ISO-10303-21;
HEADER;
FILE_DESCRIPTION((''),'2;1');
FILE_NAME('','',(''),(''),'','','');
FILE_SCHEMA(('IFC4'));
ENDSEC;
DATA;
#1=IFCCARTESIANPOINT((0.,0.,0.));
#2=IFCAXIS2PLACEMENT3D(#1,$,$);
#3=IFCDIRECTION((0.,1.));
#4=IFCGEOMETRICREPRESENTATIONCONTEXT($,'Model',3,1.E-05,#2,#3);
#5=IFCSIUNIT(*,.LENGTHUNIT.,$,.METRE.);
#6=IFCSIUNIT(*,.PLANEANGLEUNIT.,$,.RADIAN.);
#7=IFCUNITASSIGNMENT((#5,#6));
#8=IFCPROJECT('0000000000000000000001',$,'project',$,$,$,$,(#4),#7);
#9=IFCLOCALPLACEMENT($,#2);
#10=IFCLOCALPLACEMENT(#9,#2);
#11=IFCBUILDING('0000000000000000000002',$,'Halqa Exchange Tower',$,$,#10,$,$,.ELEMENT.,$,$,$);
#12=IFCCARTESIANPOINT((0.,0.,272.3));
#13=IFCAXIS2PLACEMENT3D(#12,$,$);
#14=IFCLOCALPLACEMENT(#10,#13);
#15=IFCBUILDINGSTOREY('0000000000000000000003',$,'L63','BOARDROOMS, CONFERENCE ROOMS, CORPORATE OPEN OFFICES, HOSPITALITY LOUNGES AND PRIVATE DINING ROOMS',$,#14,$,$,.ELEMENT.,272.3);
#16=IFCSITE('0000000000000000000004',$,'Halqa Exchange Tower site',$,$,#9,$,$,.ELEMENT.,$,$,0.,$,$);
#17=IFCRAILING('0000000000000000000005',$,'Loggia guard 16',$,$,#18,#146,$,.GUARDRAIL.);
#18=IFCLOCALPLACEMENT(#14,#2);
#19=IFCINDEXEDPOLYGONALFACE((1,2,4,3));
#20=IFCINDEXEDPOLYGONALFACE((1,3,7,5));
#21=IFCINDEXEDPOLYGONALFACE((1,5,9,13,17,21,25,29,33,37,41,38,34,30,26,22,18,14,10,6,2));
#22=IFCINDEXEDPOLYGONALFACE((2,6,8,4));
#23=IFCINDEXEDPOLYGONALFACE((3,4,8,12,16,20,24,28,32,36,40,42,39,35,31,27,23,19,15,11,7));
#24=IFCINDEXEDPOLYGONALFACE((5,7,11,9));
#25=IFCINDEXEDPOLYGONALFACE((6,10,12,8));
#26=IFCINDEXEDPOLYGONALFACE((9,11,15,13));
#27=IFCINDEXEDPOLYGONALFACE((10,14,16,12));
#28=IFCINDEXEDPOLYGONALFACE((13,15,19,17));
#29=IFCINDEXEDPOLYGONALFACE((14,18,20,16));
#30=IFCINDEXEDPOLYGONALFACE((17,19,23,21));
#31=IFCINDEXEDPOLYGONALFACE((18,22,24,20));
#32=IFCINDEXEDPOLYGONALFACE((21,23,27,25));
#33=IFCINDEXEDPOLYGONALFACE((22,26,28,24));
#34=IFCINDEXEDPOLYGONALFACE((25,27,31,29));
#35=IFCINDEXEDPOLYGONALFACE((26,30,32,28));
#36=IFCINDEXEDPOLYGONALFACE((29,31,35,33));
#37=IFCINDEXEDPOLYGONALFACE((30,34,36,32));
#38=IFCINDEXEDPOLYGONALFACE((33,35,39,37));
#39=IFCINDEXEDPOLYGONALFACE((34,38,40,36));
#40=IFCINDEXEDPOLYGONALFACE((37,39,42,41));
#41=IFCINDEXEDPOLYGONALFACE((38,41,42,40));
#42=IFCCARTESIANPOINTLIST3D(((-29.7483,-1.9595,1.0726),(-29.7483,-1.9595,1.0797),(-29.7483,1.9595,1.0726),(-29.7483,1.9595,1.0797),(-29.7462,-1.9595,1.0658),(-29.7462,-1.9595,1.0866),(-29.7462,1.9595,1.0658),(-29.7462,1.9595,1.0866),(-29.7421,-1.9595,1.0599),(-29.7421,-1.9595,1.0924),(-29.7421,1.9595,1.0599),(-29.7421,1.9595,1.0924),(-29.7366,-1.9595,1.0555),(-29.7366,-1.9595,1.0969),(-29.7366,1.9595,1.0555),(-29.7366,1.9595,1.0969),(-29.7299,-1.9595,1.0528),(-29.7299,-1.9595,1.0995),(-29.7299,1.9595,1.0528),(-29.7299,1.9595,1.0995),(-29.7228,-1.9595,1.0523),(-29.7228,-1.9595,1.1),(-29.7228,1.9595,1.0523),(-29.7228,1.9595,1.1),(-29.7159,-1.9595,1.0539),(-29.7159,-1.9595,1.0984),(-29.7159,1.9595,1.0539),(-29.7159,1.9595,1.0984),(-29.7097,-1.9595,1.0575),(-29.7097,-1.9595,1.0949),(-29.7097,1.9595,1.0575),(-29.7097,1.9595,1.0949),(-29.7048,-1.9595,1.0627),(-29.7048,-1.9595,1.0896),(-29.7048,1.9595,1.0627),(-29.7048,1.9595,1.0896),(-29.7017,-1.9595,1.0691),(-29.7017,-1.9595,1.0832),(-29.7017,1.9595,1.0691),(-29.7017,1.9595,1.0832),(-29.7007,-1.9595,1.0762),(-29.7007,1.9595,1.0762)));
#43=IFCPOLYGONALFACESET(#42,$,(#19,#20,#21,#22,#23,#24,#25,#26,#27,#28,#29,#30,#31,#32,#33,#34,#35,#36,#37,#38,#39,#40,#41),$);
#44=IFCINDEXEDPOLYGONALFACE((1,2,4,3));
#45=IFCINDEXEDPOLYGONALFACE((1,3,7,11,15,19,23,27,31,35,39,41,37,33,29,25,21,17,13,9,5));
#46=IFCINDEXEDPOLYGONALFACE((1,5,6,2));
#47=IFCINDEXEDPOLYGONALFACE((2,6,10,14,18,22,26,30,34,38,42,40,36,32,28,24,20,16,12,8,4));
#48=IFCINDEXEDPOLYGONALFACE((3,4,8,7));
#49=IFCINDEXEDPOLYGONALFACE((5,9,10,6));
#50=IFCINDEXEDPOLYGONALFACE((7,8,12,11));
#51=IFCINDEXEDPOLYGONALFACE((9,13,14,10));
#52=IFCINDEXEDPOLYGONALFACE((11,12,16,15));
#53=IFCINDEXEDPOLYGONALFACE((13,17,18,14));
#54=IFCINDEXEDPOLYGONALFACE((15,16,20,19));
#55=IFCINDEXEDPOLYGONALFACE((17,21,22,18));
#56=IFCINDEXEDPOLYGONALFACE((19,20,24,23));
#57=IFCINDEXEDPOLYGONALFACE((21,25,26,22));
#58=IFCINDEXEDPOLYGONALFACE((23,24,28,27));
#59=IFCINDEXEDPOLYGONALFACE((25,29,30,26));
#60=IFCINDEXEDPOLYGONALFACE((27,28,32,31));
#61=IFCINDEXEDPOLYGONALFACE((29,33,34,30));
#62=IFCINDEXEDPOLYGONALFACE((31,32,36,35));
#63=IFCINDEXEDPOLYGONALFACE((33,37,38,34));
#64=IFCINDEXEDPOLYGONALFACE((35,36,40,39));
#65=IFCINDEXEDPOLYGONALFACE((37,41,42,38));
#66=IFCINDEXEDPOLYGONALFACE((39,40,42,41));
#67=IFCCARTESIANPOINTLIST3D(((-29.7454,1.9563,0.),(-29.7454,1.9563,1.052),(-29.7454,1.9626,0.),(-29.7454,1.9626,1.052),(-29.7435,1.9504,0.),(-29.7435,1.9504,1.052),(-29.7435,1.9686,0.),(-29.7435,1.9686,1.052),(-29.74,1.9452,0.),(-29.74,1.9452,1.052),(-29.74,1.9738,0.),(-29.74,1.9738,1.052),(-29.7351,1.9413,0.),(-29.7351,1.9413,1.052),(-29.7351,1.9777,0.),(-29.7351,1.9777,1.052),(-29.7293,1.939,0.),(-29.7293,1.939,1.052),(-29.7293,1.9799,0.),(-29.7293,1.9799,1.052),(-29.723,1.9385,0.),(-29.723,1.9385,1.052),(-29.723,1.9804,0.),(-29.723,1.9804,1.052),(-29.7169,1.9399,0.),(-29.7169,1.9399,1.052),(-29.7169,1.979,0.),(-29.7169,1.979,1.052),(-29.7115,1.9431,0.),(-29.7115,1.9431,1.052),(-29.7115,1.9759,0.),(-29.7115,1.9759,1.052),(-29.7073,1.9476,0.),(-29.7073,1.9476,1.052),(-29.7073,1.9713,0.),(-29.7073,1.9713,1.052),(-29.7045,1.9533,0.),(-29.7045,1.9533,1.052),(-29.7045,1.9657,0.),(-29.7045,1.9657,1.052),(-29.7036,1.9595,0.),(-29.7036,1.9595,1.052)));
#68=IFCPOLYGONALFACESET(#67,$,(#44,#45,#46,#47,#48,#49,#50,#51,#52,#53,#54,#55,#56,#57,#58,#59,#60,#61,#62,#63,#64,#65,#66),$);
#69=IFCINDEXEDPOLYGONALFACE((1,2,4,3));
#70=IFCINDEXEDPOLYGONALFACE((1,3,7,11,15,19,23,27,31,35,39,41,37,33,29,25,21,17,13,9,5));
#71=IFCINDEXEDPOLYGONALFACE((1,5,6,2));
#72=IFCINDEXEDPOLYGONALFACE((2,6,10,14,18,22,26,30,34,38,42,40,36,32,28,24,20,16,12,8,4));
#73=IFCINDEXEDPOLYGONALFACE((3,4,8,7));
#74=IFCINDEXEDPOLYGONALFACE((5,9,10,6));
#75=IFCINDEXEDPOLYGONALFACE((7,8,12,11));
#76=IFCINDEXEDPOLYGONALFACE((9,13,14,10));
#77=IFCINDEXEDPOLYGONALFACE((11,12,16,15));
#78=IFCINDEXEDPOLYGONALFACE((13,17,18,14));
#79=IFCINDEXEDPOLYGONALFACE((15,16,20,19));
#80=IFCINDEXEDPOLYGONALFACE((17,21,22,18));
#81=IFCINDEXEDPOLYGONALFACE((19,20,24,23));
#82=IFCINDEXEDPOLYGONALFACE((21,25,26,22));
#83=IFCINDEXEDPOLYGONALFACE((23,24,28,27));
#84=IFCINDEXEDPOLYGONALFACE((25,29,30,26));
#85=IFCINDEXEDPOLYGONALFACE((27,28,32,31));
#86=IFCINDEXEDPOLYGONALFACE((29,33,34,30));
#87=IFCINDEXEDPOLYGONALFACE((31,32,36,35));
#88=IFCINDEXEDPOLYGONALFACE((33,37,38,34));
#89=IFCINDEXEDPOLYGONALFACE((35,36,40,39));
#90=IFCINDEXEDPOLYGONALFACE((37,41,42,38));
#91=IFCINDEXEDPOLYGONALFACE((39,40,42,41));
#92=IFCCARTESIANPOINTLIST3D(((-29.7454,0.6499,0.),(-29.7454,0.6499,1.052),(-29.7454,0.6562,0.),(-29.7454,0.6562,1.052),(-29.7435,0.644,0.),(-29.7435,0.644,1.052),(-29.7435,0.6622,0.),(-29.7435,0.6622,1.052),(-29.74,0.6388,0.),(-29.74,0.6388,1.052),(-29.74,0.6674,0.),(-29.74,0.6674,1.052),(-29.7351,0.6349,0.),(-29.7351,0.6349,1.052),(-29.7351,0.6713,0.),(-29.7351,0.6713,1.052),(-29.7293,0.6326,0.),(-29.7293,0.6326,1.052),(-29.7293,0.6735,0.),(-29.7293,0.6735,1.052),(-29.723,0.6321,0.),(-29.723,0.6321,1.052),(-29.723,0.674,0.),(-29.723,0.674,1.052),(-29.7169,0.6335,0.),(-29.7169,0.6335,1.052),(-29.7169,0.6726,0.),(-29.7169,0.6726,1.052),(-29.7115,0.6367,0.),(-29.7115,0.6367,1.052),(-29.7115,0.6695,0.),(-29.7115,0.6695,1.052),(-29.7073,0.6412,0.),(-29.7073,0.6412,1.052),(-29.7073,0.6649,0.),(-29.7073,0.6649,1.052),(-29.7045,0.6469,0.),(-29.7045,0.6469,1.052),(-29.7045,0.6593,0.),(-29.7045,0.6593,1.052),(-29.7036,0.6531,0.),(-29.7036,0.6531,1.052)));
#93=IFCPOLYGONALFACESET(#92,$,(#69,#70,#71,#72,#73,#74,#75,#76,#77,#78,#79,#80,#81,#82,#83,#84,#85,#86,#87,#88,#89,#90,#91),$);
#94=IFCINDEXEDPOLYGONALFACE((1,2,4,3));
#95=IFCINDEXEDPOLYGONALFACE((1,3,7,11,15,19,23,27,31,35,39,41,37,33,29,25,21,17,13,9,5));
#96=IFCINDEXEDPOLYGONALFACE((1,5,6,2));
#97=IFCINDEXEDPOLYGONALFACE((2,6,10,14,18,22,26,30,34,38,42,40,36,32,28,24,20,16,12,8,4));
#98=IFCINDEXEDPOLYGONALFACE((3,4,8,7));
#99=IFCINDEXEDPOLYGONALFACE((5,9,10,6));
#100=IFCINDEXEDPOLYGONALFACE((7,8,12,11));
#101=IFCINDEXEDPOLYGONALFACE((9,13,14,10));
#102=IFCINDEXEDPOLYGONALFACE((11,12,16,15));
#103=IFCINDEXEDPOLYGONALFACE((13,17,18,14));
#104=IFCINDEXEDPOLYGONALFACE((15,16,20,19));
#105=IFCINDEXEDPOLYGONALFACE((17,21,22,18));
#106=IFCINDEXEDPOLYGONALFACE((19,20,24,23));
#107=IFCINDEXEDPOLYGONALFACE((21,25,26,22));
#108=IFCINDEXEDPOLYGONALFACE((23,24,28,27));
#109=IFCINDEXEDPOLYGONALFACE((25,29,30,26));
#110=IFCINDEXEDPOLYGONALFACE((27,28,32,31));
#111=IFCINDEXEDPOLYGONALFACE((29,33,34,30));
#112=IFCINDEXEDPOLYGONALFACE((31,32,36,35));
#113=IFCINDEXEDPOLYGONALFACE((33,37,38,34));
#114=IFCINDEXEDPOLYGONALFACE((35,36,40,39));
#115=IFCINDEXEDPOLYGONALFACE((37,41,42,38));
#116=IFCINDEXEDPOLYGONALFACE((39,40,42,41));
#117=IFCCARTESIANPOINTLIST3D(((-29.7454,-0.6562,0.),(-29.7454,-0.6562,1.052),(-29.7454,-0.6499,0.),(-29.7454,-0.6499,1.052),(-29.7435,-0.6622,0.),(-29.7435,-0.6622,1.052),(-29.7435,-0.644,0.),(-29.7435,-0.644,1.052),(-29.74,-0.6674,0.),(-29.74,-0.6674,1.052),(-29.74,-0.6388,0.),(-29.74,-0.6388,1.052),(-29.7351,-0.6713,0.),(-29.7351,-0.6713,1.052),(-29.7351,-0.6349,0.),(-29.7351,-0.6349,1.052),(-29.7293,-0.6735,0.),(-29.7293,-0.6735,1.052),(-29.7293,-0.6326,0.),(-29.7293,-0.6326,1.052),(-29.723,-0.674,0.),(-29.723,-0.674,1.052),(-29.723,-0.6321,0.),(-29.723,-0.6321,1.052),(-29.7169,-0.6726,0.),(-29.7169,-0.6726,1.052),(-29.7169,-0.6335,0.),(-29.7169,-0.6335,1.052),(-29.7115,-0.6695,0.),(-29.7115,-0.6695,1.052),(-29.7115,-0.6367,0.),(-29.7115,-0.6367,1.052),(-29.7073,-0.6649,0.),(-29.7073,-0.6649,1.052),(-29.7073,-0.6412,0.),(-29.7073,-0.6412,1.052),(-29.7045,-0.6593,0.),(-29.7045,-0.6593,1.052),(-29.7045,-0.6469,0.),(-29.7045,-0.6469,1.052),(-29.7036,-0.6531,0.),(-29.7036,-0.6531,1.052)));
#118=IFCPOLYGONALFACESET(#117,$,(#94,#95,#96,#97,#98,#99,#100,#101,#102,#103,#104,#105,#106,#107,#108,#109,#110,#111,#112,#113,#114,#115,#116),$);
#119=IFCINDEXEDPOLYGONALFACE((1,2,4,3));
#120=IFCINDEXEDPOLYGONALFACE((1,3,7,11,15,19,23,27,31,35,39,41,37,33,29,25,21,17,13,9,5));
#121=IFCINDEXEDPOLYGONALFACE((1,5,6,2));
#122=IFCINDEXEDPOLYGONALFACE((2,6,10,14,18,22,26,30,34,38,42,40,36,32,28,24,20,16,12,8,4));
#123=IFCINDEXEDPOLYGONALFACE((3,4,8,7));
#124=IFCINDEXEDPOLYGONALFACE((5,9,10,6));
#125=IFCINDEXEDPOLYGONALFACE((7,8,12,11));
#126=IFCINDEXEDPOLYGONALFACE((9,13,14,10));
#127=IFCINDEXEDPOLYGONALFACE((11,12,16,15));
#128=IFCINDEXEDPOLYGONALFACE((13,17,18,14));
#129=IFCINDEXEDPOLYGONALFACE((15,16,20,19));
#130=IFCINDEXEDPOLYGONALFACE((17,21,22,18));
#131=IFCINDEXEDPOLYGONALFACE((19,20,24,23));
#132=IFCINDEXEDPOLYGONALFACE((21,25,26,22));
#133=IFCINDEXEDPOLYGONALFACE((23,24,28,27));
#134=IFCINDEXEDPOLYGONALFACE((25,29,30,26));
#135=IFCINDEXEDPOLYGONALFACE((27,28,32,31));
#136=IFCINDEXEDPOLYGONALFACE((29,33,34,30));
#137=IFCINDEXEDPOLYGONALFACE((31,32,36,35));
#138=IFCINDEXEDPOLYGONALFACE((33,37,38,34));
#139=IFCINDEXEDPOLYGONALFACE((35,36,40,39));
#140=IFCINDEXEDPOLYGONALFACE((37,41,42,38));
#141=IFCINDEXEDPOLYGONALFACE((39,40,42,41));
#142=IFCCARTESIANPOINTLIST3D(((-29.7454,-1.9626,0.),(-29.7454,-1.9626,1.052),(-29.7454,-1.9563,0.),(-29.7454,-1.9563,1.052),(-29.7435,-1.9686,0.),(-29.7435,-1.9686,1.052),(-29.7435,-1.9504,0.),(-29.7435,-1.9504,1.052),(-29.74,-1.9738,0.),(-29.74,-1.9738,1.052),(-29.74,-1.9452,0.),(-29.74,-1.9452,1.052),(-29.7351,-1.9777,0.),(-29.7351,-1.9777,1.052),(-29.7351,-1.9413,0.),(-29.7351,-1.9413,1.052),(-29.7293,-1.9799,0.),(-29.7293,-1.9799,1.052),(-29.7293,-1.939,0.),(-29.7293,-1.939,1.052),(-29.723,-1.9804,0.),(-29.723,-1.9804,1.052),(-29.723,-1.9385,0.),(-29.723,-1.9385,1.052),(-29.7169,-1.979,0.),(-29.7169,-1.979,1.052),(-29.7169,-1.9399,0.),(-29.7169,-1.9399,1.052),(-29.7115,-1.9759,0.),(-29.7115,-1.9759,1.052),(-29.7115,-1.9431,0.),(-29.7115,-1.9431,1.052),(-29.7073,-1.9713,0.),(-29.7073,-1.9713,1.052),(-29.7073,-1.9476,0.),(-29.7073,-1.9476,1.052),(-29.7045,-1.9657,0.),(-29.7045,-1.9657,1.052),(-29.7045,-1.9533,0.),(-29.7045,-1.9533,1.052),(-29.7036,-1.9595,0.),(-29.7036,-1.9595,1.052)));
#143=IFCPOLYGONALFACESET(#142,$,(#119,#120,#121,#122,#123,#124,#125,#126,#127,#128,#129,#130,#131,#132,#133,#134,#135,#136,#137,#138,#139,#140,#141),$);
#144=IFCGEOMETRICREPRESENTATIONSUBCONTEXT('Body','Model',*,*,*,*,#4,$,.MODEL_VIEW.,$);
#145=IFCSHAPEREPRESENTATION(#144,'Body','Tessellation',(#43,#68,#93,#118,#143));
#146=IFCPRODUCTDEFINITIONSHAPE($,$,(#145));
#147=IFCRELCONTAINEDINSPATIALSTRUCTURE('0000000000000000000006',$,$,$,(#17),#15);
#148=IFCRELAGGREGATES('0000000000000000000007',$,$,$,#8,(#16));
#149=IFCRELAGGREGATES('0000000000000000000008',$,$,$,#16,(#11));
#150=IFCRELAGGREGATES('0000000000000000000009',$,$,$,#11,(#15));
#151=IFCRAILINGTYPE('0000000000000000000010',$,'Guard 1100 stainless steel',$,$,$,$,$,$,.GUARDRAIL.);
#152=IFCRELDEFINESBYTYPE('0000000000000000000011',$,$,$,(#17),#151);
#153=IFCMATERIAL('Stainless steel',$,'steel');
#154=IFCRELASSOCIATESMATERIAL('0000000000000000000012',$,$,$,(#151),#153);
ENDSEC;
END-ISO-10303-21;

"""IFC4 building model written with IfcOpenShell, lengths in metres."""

from ifc_helpers import new_model, si_unit, direction, frame, origin, origin_2d, place, context, subcontext, project, spatial, circle, extrude, material, type_object, element, save


model = new_model("IFC4")

# Units and contexts
model_context = context("Model", 3, precision=1e-05, world=origin(), true_north=direction((0.0, 1.0)))
body_context = subcontext(model_context, "Body", "Model", "MODEL_VIEW")
ifc_project = project(units=[si_unit("LENGTHUNIT", "METRE"), si_unit("PLANEANGLEUNIT", "RADIAN")], contexts=[model_context])

# Site, building, storey
site_placement = place(None, origin())
site = spatial("IfcSite", under=ifc_project, at=site_placement, Name="Halqa Exchange Tower site", CompositionType="ELEMENT", RefElevation=0.0)
building_placement = place(site_placement, origin())
building = spatial("IfcBuilding", under=site, at=building_placement, Name="Halqa Exchange Tower", CompositionType="ELEMENT")
storey_placement = place(building_placement, frame((0.0, 0.0, 272.3)))
storey = spatial("IfcBuildingStorey", under=building, at=storey_placement, Name="L63", Description="BOARDROOMS, CONFERENCE ROOMS, CORPORATE OPEN OFFICES, HOSPITALITY LOUNGES AND PRIVATE DINING ROOMS", CompositionType="ELEMENT", Elevation=272.3)

# Railing
ifc_material_1 = material(Name="Stainless steel", Category="steel")
railing_type = type_object("IfcRailingType", Name="Guard 1100 stainless steel", PredefinedType="GUARDRAIL", material=ifc_material_1)
railing_1_placement = place(storey_placement, frame((-29.7246, 1.9595, 0.0)))
element("IfcRailing", 1, at=railing_1_placement, inside=storey, type_object=railing_type, Name="Loggia guard 16", PredefinedType="GUARDRAIL", context=body_context, shape_type="SweptSolid", body=[
    extrude(circle(Radius=0.0239, at=origin_2d()), frame((0.0, 0.0, 1.0762), z_axis=(0.0, -1.0, 0.0), x_axis=(1.0, 0.0, 0.0)), (0.0, 0.0, 1.0), 3.9189),
    extrude(circle(Radius=0.021, at=origin_2d()), origin(), (0.0, 0.0, 1.0), 1.052),
    extrude(circle(Radius=0.021, at=origin_2d()), frame((0.0, -1.3064, 0.0)), (0.0, 0.0, 1.0), 1.052),
    extrude(circle(Radius=0.021, at=origin_2d()), frame((0.0, -2.6125, 0.0)), (0.0, 0.0, 1.0), 1.052),
    extrude(circle(Radius=0.021, at=origin_2d()), frame((0.0, -3.9189, 0.0)), (0.0, 0.0, 1.0), 1.052),
])

save(model, "model.ifc")
